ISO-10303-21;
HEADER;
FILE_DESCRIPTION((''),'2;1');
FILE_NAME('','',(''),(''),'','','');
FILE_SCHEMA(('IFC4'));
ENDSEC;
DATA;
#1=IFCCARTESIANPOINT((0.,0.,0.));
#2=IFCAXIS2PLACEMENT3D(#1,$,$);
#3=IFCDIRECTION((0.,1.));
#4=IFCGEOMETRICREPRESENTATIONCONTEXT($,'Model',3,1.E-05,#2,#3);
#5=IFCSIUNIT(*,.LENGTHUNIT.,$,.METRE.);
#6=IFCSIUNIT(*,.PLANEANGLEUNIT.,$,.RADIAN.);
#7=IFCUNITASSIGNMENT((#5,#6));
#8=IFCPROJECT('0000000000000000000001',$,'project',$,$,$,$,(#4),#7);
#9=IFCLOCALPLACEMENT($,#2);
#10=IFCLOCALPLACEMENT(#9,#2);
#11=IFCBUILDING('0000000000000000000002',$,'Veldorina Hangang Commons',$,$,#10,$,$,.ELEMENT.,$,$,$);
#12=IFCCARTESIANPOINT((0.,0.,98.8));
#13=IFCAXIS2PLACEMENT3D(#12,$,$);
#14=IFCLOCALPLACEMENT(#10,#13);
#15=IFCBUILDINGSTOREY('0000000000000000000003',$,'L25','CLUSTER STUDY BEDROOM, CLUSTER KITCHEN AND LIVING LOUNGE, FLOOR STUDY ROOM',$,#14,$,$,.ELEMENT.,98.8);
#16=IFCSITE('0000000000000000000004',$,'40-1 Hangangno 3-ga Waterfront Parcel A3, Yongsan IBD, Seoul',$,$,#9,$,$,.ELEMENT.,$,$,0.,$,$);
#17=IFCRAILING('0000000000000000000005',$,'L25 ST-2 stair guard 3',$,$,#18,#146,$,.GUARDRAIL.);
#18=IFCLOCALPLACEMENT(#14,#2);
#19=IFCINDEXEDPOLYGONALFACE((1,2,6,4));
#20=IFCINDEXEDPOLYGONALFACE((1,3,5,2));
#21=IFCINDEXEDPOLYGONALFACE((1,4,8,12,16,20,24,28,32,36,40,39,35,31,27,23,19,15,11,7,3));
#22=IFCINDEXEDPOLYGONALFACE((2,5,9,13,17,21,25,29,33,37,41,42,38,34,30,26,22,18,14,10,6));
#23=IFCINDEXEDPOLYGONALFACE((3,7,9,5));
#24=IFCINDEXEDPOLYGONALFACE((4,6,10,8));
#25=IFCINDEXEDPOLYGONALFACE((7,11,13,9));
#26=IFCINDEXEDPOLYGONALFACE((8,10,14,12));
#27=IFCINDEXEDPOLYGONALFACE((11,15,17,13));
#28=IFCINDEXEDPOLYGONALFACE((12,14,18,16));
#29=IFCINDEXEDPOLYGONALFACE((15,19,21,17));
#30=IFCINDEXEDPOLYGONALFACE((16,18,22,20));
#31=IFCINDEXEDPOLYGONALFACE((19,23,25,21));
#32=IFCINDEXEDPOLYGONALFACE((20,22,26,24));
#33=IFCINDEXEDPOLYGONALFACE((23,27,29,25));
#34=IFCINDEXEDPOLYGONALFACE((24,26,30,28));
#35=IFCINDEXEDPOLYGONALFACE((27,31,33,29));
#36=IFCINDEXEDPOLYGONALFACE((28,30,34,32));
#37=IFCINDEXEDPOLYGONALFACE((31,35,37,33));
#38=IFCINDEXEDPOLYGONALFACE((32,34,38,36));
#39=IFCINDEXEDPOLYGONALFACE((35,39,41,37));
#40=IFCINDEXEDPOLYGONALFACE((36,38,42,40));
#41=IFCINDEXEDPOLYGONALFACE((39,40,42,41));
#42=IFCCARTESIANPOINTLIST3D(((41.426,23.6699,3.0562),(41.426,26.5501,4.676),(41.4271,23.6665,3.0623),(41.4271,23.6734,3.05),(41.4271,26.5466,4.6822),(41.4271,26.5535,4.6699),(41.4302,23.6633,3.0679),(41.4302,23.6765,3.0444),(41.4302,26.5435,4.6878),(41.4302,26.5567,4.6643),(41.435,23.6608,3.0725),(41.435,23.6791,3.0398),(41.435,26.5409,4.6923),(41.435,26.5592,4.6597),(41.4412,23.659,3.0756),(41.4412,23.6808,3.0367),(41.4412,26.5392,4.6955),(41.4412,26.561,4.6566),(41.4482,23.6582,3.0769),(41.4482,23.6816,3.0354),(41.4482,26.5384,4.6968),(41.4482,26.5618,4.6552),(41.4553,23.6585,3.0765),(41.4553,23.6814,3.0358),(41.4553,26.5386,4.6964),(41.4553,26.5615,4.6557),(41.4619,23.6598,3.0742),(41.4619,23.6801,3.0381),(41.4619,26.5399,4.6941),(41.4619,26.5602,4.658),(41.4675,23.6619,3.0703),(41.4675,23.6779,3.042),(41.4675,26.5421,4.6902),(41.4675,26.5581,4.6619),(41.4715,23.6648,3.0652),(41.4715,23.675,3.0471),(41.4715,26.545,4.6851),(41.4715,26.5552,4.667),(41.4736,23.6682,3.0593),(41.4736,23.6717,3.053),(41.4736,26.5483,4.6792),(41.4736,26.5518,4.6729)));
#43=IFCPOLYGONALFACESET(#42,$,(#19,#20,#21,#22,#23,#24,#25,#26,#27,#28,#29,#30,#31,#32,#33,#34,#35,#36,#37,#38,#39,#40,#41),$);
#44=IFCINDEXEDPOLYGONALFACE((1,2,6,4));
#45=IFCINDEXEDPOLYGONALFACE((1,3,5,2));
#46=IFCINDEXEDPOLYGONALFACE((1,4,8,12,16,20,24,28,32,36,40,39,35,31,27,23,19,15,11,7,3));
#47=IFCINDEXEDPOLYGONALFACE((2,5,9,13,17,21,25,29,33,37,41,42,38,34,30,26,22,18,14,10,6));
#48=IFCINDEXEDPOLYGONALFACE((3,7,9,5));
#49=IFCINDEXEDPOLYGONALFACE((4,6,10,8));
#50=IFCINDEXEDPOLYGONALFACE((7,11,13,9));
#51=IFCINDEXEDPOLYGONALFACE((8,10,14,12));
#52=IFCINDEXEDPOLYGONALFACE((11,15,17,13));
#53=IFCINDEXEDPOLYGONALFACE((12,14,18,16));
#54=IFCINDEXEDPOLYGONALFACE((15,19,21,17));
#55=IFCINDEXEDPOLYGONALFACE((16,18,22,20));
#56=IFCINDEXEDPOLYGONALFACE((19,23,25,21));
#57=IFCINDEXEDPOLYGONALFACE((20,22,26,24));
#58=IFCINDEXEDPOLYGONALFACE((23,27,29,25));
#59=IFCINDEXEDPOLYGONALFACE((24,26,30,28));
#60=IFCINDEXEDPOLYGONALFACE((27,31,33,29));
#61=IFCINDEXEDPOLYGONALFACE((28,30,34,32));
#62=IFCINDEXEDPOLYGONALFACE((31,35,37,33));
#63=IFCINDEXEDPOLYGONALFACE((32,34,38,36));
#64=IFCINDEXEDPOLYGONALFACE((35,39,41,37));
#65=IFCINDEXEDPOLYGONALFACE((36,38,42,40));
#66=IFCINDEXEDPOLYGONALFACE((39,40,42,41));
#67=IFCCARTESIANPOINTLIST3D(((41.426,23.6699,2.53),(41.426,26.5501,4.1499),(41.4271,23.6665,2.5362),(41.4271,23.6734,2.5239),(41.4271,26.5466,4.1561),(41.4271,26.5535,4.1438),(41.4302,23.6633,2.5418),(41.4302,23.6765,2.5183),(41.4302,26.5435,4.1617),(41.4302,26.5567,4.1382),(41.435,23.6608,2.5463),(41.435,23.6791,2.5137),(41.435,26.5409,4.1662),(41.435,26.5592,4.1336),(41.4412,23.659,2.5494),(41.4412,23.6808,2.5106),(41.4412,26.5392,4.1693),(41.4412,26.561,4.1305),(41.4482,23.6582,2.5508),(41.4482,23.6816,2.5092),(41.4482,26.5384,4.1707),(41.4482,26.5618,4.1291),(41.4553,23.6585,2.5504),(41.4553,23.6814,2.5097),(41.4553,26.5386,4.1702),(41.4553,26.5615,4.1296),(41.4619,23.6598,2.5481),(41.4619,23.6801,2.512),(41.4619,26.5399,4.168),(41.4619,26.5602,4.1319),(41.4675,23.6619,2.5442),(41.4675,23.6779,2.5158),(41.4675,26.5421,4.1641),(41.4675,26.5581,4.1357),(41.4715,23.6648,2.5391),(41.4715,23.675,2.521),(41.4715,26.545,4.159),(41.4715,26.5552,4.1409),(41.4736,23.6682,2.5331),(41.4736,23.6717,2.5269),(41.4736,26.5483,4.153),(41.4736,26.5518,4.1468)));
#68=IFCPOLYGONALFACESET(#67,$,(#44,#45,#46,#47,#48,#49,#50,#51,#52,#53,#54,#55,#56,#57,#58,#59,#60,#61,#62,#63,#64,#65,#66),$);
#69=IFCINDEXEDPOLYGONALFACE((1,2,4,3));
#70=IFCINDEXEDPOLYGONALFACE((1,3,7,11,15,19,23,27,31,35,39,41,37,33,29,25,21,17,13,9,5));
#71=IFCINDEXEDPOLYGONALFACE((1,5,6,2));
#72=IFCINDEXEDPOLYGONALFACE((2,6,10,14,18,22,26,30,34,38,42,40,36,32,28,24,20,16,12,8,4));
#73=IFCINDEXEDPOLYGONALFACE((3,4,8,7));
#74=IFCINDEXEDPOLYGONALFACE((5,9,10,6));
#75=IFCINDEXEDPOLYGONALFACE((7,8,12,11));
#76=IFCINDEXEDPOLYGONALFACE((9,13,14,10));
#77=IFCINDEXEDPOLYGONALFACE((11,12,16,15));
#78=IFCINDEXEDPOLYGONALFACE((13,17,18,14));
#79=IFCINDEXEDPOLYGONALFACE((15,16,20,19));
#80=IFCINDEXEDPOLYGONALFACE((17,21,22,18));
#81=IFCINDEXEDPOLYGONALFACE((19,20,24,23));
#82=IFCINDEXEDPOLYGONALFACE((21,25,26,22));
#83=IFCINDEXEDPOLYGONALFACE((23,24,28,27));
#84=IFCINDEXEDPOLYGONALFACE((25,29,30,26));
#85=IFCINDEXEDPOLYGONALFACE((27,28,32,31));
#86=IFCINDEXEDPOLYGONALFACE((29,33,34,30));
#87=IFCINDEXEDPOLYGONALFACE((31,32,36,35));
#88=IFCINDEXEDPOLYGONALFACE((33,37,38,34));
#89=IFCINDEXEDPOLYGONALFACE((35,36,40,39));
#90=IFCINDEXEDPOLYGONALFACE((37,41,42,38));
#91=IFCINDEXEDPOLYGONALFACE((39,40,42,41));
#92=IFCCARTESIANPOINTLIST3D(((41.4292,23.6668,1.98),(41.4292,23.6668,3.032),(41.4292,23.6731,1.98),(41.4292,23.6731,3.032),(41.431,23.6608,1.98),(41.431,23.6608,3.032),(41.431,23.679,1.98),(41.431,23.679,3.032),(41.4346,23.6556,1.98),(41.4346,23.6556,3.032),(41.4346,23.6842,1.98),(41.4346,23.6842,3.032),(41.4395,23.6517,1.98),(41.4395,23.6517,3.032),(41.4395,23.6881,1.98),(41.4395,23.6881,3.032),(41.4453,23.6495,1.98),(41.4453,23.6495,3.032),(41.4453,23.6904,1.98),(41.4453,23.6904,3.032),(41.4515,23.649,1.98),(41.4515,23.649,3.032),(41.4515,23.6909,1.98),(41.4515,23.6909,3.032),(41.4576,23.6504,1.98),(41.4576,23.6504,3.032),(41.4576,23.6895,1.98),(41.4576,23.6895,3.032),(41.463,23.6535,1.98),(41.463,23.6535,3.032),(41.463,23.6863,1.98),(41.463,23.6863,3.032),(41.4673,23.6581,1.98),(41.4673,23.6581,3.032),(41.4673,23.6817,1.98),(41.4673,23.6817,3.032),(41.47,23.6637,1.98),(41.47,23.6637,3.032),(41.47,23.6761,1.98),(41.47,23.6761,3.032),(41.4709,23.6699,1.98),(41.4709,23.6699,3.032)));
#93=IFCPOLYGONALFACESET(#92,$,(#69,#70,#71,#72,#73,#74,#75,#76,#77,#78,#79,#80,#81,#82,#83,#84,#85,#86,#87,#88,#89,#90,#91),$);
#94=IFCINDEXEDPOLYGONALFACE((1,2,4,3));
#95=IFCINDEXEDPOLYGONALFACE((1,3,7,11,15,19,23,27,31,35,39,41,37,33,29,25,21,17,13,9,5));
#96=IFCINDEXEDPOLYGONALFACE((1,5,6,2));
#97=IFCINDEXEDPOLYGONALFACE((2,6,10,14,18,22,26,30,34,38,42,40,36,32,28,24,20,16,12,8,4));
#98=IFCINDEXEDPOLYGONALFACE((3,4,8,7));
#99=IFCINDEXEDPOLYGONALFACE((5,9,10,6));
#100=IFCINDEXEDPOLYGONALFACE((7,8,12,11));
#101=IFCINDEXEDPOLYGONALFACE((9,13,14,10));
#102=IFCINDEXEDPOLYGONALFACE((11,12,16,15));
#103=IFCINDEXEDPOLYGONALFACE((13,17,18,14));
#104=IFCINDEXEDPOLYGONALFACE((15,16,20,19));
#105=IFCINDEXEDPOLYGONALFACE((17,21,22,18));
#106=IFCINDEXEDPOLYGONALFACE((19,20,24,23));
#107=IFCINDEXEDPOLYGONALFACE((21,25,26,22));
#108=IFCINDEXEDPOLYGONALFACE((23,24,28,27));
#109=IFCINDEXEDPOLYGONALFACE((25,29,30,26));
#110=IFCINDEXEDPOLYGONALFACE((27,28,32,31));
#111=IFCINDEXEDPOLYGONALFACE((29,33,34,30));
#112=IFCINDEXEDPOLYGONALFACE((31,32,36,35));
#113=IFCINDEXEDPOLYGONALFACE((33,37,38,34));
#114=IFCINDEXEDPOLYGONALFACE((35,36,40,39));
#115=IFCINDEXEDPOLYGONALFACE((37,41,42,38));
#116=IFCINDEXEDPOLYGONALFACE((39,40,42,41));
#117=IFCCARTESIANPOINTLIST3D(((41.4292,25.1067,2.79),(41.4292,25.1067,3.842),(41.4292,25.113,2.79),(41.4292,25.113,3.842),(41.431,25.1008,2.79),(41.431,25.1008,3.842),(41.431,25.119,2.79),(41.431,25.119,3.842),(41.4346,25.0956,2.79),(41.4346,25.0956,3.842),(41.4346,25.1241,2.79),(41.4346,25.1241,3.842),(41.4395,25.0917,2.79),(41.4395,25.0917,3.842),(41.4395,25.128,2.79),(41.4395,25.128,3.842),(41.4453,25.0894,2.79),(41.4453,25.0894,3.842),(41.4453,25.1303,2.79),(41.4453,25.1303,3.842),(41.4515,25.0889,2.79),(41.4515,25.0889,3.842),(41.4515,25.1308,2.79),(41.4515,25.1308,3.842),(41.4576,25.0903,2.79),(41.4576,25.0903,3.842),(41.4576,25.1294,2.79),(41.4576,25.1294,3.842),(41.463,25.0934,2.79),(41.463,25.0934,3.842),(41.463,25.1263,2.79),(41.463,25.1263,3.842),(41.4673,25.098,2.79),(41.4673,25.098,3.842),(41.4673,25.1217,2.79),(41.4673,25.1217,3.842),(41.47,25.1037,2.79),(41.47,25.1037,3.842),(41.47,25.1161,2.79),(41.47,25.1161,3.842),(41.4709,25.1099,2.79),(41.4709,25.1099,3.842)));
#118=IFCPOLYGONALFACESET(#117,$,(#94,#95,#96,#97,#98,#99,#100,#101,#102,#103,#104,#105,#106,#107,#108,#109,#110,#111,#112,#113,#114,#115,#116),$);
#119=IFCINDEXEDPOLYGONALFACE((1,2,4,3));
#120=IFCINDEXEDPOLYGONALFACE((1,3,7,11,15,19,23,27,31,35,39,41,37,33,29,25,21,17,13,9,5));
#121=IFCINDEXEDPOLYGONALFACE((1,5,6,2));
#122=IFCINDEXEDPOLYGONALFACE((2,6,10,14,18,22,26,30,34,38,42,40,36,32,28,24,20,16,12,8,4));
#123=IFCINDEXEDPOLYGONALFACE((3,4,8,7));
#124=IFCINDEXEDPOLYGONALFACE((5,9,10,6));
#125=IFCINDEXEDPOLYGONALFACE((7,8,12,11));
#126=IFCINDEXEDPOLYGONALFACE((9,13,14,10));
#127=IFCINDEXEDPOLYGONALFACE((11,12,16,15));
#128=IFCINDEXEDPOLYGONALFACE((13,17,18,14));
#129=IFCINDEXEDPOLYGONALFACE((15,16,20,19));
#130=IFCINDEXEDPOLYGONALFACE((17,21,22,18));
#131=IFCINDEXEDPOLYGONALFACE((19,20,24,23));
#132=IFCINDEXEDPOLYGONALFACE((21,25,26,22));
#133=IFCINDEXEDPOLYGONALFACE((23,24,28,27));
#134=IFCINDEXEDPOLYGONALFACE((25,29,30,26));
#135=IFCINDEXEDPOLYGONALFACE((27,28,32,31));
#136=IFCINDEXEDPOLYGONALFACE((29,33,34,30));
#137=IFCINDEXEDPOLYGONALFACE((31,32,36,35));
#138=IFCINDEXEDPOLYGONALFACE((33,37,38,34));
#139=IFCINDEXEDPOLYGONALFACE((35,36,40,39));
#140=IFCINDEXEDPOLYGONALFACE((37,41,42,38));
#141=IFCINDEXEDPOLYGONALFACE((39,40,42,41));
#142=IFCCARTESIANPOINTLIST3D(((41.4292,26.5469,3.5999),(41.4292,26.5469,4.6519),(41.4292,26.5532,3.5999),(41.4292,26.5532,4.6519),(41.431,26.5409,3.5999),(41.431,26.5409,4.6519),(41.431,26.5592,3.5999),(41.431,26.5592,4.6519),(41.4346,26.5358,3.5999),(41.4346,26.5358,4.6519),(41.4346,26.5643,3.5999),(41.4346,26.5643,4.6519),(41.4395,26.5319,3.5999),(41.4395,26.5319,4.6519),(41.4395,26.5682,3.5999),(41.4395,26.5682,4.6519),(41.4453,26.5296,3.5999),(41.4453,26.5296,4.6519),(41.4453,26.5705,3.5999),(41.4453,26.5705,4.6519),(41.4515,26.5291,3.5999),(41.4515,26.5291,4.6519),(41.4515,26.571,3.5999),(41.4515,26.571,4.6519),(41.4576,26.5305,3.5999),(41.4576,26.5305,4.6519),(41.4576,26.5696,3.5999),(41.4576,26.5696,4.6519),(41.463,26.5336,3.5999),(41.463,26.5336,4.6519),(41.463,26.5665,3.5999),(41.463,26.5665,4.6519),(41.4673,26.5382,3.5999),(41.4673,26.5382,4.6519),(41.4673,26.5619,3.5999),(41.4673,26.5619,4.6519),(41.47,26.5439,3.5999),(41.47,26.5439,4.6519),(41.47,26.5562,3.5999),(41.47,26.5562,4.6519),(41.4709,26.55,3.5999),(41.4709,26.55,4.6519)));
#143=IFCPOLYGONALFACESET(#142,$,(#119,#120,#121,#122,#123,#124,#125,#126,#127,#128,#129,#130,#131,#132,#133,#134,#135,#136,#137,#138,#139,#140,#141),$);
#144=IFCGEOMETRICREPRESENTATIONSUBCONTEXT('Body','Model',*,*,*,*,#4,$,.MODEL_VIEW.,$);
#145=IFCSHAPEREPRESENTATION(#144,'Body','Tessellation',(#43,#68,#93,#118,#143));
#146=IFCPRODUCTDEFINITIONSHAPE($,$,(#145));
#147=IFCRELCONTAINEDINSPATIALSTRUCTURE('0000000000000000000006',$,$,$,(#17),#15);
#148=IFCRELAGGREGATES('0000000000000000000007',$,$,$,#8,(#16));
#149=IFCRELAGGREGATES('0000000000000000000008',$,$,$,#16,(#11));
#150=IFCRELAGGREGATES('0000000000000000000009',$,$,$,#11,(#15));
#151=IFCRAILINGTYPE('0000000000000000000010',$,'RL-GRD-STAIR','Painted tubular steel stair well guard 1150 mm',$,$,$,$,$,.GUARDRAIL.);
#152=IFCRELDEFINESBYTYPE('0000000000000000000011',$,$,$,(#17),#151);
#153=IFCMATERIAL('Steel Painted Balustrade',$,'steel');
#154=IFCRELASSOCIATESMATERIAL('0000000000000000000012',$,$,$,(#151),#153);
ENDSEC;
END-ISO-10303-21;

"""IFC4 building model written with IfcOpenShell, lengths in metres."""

from ifc_helpers import new_model, si_unit, direction, frame, origin, origin_2d, place, context, subcontext, project, spatial, circle, extrude, material, type_object, element, save


model = new_model("IFC4")

# Units and contexts
model_context = context("Model", 3, precision=1e-05, world=origin(), true_north=direction((0.0, 1.0)))
body_context = subcontext(model_context, "Body", "Model", "MODEL_VIEW")
ifc_project = project(units=[si_unit("LENGTHUNIT", "METRE"), si_unit("PLANEANGLEUNIT", "RADIAN")], contexts=[model_context])

# Site, building, storey
site_placement = place(None, origin())
site = spatial("IfcSite", under=ifc_project, at=site_placement, Name="40-1 Hangangno 3-ga Waterfront Parcel A3, Yongsan IBD, Seoul", CompositionType="ELEMENT", RefElevation=0.0)
building_placement = place(site_placement, origin())
building = spatial("IfcBuilding", under=site, at=building_placement, Name="Veldorina Hangang Commons", CompositionType="ELEMENT")
storey_placement = place(building_placement, frame((0.0, 0.0, 98.8)))
storey = spatial("IfcBuildingStorey", under=building, at=storey_placement, Name="L25", Description="CLUSTER STUDY BEDROOM, CLUSTER KITCHEN AND LIVING LOUNGE, FLOOR STUDY ROOM", CompositionType="ELEMENT", Elevation=98.8)

# Railing
ifc_material_1 = material(Name="Steel Painted Balustrade", Category="steel")
railing_type = type_object("IfcRailingType", Name="RL-GRD-STAIR", Description="Painted tubular steel stair well guard 1150 mm", PredefinedType="GUARDRAIL", material=ifc_material_1)
railing_1_placement = place(storey_placement, frame((41.45, 23.6699, 1.98)))
element("IfcRailing", 1, at=railing_1_placement, inside=storey, type_object=railing_type, Name="L25 ST-2 stair guard 3", PredefinedType="GUARDRAIL", context=body_context, shape_type="SweptSolid", body=[
    extrude(circle(Radius=0.0239, at=origin_2d()), frame((0.0, 0.0, 1.0762), z_axis=(0.0, 0.871601, 0.490216), x_axis=(-1.0, 0.0, 0.0)), (0.0, 0.0, 1.0), 3.3044),
    extrude(circle(Radius=0.0239, at=origin_2d()), frame((0.0, 0.0, 0.55), z_axis=(0.0, 0.871601, 0.490216), x_axis=(-1.0, 0.0, 0.0)), (0.0, 0.0, 1.0), 3.3044),
    extrude(circle(Radius=0.021, at=origin_2d()), origin(), (0.0, 0.0, 1.0), 1.052),
    extrude(circle(Radius=0.021, at=origin_2d()), frame((0.0, 1.4399, 0.8101)), (0.0, 0.0, 1.0), 1.052),
    extrude(circle(Radius=0.021, at=origin_2d()), frame((0.0, 2.8801, 1.6199)), (0.0, 0.0, 1.0), 1.052),
])

save(model, "model.ifc")
